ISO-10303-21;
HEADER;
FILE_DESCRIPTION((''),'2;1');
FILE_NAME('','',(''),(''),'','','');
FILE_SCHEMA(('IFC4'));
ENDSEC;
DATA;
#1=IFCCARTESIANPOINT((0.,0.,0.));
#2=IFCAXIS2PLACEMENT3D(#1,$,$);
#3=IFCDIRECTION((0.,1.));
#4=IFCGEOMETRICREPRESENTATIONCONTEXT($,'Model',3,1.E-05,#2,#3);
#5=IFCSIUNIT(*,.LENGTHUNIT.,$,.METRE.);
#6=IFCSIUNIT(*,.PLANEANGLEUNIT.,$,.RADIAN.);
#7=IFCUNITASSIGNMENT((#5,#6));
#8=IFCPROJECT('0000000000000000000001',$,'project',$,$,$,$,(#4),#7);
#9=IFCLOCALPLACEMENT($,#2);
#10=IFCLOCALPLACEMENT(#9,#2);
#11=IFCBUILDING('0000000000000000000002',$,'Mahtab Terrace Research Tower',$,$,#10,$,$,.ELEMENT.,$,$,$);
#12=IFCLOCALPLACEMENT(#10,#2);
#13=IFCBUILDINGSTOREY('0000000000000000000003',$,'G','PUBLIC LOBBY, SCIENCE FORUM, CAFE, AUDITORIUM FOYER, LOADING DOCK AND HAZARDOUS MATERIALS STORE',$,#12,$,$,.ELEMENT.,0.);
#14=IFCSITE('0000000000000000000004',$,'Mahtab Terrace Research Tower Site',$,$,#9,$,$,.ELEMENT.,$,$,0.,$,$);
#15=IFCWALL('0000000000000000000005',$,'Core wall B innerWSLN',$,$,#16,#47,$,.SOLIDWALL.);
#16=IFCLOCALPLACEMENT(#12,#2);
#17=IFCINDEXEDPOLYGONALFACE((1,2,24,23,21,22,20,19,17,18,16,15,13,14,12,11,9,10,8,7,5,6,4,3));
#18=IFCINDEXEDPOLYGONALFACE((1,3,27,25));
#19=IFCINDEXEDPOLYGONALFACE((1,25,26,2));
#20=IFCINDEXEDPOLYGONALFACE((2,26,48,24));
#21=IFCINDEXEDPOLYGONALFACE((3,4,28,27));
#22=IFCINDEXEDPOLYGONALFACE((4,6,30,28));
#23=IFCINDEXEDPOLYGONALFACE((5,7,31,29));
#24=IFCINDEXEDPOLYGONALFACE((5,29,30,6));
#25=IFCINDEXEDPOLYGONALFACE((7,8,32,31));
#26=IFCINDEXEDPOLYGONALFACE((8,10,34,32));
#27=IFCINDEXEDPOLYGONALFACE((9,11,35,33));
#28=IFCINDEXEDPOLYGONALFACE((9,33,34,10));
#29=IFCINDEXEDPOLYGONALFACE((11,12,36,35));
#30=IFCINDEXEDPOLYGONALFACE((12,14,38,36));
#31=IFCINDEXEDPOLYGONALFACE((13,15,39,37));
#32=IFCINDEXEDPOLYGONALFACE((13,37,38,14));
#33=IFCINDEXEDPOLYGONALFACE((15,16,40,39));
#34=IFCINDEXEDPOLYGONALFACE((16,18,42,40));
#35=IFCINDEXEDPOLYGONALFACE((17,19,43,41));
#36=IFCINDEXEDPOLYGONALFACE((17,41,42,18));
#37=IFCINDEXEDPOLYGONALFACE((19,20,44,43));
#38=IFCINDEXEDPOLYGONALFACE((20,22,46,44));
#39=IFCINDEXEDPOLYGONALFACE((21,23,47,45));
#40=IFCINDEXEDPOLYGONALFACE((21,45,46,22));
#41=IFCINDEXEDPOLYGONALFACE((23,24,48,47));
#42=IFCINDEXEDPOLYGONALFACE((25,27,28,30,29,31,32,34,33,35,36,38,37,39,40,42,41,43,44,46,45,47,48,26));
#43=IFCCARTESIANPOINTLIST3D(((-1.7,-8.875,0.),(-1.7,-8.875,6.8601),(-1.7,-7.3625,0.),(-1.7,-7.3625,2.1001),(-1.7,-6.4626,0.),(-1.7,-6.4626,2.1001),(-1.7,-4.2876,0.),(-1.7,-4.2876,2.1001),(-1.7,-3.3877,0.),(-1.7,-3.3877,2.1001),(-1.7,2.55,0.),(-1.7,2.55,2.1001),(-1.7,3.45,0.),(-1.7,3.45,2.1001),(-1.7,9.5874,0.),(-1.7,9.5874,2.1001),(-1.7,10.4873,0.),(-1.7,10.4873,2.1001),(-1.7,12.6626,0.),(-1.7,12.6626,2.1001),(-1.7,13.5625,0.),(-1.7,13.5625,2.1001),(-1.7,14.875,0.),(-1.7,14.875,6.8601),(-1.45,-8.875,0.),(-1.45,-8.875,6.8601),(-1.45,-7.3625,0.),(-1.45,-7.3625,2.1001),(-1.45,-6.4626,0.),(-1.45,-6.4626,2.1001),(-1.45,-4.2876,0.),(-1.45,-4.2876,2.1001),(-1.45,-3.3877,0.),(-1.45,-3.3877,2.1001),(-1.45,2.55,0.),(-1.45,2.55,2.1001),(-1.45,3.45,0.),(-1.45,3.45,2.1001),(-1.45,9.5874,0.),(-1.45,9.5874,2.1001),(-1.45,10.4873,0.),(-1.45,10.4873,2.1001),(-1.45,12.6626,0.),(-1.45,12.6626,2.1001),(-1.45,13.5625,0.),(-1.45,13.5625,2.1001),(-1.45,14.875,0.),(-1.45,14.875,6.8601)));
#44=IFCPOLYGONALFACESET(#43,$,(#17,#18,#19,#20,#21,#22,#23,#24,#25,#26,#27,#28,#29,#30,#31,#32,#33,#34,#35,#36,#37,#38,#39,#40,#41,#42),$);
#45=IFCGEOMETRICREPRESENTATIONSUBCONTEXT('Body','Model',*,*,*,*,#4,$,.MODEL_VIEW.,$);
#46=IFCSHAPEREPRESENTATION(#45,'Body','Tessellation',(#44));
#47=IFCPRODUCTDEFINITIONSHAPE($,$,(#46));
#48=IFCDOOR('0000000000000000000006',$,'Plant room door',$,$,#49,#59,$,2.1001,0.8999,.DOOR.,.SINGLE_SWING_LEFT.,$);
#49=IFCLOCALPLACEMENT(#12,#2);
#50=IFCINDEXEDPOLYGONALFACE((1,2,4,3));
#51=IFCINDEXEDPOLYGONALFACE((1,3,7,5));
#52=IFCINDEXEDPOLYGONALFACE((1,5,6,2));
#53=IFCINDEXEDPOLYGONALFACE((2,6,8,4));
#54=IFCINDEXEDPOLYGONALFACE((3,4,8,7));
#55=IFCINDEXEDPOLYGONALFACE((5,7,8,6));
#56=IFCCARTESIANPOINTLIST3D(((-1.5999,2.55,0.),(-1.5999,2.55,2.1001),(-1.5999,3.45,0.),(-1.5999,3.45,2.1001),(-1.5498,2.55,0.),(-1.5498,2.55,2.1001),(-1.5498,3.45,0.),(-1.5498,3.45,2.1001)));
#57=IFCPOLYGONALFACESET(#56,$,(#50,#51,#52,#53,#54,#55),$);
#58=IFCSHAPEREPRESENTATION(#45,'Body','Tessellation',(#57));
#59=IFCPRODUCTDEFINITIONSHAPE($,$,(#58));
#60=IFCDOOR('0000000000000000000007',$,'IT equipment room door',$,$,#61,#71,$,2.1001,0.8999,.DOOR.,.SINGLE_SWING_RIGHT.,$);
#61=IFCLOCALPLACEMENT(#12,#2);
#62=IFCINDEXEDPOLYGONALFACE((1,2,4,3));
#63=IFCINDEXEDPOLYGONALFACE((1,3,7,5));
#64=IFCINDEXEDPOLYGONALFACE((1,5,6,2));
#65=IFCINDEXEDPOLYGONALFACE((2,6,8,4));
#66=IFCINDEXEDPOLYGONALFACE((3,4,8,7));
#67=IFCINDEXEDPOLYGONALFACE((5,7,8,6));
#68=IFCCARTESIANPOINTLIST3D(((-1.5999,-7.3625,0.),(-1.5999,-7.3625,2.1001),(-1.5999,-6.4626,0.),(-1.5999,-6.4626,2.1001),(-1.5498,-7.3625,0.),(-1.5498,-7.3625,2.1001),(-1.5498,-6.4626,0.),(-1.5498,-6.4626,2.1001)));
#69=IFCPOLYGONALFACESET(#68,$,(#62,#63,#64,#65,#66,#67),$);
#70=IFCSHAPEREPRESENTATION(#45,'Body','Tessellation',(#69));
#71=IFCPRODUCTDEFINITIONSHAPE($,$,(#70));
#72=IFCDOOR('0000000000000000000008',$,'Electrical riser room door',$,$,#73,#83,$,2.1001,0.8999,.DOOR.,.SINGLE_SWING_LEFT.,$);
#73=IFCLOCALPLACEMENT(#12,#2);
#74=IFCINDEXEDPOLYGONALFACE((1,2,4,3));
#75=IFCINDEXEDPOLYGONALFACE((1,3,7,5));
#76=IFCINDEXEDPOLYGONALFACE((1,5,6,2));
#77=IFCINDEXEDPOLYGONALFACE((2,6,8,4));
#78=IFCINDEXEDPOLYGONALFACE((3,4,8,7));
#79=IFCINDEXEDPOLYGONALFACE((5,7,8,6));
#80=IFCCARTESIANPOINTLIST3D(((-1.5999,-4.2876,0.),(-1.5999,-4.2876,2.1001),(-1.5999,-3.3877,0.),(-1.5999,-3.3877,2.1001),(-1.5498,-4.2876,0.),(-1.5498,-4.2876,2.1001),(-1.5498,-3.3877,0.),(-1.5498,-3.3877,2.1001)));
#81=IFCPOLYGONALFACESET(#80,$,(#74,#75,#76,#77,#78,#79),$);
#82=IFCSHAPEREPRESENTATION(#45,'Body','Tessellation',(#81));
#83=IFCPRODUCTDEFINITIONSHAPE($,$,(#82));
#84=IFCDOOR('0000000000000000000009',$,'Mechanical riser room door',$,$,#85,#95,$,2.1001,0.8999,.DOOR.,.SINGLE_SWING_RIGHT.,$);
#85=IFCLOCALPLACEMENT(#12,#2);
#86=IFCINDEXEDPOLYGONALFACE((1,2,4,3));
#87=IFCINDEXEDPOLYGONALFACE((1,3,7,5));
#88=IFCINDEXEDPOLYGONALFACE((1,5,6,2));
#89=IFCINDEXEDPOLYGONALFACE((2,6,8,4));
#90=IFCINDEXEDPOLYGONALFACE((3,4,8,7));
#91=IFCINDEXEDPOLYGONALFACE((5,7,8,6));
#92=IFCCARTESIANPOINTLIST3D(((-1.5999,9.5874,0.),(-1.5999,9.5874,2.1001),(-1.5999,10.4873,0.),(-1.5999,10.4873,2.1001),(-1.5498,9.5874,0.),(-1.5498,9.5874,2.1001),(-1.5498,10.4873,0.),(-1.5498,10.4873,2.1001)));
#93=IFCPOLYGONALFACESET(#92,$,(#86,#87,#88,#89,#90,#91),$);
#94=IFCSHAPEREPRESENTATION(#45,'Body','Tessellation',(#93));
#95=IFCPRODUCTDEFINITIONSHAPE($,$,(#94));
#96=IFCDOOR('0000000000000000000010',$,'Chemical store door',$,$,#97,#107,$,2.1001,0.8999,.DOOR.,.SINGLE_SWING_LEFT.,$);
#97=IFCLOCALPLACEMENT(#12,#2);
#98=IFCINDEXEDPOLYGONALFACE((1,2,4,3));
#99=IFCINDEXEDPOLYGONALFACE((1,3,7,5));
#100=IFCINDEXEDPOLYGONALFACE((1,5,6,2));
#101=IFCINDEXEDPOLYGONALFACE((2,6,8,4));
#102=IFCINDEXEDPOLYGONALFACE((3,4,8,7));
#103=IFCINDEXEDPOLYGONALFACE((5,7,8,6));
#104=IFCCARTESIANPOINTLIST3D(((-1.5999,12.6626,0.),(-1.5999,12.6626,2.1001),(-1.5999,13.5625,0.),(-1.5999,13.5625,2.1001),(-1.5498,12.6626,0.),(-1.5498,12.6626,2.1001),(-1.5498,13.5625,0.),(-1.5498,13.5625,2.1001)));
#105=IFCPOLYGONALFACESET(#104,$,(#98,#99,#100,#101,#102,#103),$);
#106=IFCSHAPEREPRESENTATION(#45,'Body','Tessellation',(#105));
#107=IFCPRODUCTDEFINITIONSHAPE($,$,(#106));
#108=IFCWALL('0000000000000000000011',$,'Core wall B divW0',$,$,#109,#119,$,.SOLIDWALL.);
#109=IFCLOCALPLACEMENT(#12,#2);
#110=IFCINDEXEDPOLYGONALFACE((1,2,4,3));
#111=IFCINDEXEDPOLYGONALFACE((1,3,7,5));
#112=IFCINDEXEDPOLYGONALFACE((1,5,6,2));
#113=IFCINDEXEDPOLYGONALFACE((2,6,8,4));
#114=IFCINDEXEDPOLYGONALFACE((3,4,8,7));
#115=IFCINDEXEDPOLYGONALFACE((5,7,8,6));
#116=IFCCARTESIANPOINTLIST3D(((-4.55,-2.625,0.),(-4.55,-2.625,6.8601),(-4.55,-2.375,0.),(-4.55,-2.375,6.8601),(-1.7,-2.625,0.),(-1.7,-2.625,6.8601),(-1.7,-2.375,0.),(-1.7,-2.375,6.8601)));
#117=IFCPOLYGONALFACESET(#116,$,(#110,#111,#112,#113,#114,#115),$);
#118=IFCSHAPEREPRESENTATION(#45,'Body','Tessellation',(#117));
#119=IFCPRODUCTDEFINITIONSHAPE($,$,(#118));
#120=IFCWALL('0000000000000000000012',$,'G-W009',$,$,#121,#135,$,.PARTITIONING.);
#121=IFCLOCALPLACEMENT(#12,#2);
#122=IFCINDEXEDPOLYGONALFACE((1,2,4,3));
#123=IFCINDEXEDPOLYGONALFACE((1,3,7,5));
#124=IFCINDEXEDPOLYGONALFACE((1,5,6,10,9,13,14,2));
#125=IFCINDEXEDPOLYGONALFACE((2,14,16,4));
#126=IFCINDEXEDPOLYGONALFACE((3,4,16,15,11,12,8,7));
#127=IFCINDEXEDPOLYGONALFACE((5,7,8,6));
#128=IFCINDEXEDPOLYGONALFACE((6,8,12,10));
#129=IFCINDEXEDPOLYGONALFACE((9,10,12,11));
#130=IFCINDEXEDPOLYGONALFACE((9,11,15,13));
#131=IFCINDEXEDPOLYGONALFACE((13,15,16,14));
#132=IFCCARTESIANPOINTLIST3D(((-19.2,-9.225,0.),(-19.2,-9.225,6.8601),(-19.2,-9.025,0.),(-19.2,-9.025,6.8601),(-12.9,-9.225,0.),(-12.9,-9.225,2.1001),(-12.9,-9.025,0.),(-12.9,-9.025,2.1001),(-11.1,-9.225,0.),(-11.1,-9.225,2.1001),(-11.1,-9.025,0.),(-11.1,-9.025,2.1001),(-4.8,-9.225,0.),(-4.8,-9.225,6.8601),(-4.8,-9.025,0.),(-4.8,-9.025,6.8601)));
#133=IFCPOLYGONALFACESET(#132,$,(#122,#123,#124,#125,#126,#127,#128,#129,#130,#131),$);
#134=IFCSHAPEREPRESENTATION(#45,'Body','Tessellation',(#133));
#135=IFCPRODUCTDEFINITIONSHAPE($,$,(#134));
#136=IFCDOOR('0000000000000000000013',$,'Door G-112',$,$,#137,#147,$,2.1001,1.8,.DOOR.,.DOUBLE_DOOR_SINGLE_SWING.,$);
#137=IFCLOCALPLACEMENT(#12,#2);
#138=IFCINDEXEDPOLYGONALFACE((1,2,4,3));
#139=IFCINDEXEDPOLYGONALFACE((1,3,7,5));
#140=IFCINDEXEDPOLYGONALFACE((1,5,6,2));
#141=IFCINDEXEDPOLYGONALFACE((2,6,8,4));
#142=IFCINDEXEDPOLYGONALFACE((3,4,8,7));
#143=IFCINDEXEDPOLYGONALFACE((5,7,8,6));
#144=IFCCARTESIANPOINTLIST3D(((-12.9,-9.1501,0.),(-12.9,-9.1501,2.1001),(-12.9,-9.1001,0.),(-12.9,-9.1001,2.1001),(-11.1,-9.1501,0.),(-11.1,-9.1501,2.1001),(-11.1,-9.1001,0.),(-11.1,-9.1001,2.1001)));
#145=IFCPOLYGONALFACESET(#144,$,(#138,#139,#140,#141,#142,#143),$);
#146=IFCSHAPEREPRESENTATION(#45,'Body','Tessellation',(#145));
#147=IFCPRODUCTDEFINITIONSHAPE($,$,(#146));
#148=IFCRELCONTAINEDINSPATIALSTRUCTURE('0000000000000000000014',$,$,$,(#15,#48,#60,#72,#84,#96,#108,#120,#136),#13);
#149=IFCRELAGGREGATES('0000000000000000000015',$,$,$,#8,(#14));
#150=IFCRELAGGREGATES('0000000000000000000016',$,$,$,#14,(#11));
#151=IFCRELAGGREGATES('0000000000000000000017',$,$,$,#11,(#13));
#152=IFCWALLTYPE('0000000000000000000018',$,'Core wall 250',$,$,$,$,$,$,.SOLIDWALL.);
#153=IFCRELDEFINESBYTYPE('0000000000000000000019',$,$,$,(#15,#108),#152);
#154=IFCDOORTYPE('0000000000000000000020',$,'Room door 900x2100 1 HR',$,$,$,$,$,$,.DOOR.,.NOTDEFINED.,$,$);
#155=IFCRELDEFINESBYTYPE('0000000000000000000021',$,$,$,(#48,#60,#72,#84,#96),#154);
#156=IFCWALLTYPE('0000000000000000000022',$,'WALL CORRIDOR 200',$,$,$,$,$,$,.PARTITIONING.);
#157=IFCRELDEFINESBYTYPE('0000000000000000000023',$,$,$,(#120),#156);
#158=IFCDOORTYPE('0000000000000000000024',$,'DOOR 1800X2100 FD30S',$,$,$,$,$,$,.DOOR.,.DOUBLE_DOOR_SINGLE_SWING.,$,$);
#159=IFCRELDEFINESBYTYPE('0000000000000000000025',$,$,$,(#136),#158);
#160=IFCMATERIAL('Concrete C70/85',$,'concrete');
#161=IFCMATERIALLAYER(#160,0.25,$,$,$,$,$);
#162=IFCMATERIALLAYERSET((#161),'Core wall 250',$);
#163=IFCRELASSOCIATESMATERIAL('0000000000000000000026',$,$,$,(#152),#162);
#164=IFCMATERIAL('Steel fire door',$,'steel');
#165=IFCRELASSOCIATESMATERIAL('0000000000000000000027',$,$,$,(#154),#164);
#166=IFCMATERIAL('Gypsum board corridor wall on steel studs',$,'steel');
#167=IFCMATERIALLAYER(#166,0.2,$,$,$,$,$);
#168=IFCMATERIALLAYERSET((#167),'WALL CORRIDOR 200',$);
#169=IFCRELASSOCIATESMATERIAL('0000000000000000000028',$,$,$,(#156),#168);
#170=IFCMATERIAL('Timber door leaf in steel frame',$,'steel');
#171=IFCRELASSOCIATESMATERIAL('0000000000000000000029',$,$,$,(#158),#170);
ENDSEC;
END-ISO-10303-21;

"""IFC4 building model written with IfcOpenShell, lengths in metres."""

from ifc_helpers import new_model, si_unit, direction, frame, frame_2d, origin, place, context, subcontext, project, spatial, rectangle, extrude, material, layer, layer_set, type_object, element, fill, save


model = new_model("IFC4")

# Units and contexts
model_context = context("Model", 3, precision=1e-05, world=origin(), true_north=direction((0.0, 1.0)))
body_context = subcontext(model_context, "Body", "Model", "MODEL_VIEW")
ifc_project = project(units=[si_unit("LENGTHUNIT", "METRE"), si_unit("PLANEANGLEUNIT", "RADIAN")], contexts=[model_context])

# Site, building, storey
site_placement = place(None, origin())
site = spatial("IfcSite", under=ifc_project, at=site_placement, Name="Mahtab Terrace Research Tower Site", CompositionType="ELEMENT", RefElevation=0.0)
building_placement = place(site_placement, origin())
building = spatial("IfcBuilding", under=site, at=building_placement, Name="Mahtab Terrace Research Tower", CompositionType="ELEMENT")
storey_placement = place(building_placement, origin())
storey = spatial("IfcBuildingStorey", under=building, at=storey_placement, Name="G", Description="PUBLIC LOBBY, SCIENCE FORUM, CAFE, AUDITORIUM FOYER, LOADING DOCK AND HAZARDOUS MATERIALS STORE", CompositionType="ELEMENT", Elevation=0.0)

# Shared definitions
ifc_material_1 = material(Name="Concrete C70/85", Category="concrete")

# Shared definitions
ifc_layer_1 = layer(ifc_material_1, 0.25)
ifc_layer_set_1 = layer_set([ifc_layer_1], Name="Core wall 250")
wall_type_1 = type_object("IfcWallType", Name="Core wall 250", PredefinedType="SOLIDWALL", material=ifc_layer_set_1)

# Shared definitions
ifc_material_2 = material(Name="Steel fire door", Category="steel")

# Wall, openings, doors
wall_1_placement = place(storey_placement, frame((-1.575, -8.875, 0.0), z_axis=(0.0, 0.0, 1.0), x_axis=(0.0, 1.0, 0.0)))
wall_1 = element("IfcWall", 1, at=wall_1_placement, inside=storey, type_object=wall_type_1, Name="Core wall B innerWSLN", PredefinedType="SOLIDWALL", context=body_context, shape_type="SweptSolid", body=[
    extrude(rectangle(XDim=23.75, YDim=0.25, at=frame_2d((11.875, 0.0))), origin(), (0.0, 0.0, 1.0), 6.8601),
])
opening_1_placement = place(wall_1_placement, frame((11.425, 0.0, 0.0)))
opening_1 = element("IfcOpeningElement", 2, at=opening_1_placement, cuts=wall_1, PredefinedType="OPENING", context=body_context, shape_type="SweptSolid", body=[
    extrude(rectangle(XDim=0.8999, YDim=2.1001, at=frame_2d((0.45, 1.05))), frame((0.0, 0.135, 0.0), z_axis=(0.0, -1.0, 0.0), x_axis=(1.0, 0.0, 0.0)), (0.0, 0.0, 1.0), 0.27),
])
opening_2_placement = place(wall_1_placement, frame((1.5125, 0.0, 0.0)))
opening_2 = element("IfcOpeningElement", 3, at=opening_2_placement, cuts=wall_1, PredefinedType="OPENING", context=body_context, shape_type="SweptSolid", body=[
    extrude(rectangle(XDim=0.8999, YDim=2.1001, at=frame_2d((0.45, 1.05))), frame((0.0, 0.135, 0.0), z_axis=(0.0, -1.0, 0.0), x_axis=(1.0, 0.0, 0.0)), (0.0, 0.0, 1.0), 0.27),
])
opening_3_placement = place(wall_1_placement, frame((4.5874, 0.0, 0.0)))
opening_3 = element("IfcOpeningElement", 4, at=opening_3_placement, cuts=wall_1, PredefinedType="OPENING", context=body_context, shape_type="SweptSolid", body=[
    extrude(rectangle(XDim=0.8999, YDim=2.1001, at=frame_2d((0.45, 1.05))), frame((0.0, 0.135, 0.0), z_axis=(0.0, -1.0, 0.0), x_axis=(1.0, 0.0, 0.0)), (0.0, 0.0, 1.0), 0.27),
])
opening_4_placement = place(wall_1_placement, frame((18.4624, 0.0, 0.0)))
opening_4 = element("IfcOpeningElement", 5, at=opening_4_placement, cuts=wall_1, PredefinedType="OPENING", context=body_context, shape_type="SweptSolid", body=[
    extrude(rectangle(XDim=0.8999, YDim=2.1001, at=frame_2d((0.45, 1.05))), frame((0.0, 0.135, 0.0), z_axis=(0.0, -1.0, 0.0), x_axis=(1.0, 0.0, 0.0)), (0.0, 0.0, 1.0), 0.27),
])
opening_5_placement = place(wall_1_placement, frame((21.5376, 0.0, 0.0)))
opening_5 = element("IfcOpeningElement", 6, at=opening_5_placement, cuts=wall_1, PredefinedType="OPENING", context=body_context, shape_type="SweptSolid", body=[
    extrude(rectangle(XDim=0.8999, YDim=2.1001, at=frame_2d((0.45, 1.05))), frame((0.0, 0.135, 0.0), z_axis=(0.0, -1.0, 0.0), x_axis=(1.0, 0.0, 0.0)), (0.0, 0.0, 1.0), 0.27),
])
door_type_1 = type_object("IfcDoorType", Name="Room door 900x2100 1 HR", OperationType="NOTDEFINED", PredefinedType="DOOR", material=ifc_material_2)
door_1_placement = place(opening_1_placement, origin())
door_1 = element("IfcDoor", 7, at=door_1_placement, inside=storey, type_object=door_type_1, Name="Plant room door", OperationType="SINGLE_SWING_LEFT", OverallHeight=2.1001, OverallWidth=0.8999, PredefinedType="DOOR", context=body_context, shape_type="SweptSolid", body=[
    extrude(rectangle(XDim=0.8999, YDim=2.1001, at=frame_2d((0.45, 1.05))), frame((0.0, 0.0249, 0.0), z_axis=(0.0, -1.0, 0.0), x_axis=(1.0, 0.0, 0.0)), (0.0, 0.0, 1.0), 0.05),
])
fill(opening_1, door_1)
door_2_placement = place(opening_2_placement, origin())
door_2 = element("IfcDoor", 8, at=door_2_placement, inside=storey, type_object=door_type_1, Name="IT equipment room door", OperationType="SINGLE_SWING_RIGHT", OverallHeight=2.1001, OverallWidth=0.8999, PredefinedType="DOOR", context=body_context, shape_type="SweptSolid", body=[
    extrude(rectangle(XDim=0.8999, YDim=2.1001, at=frame_2d((0.45, 1.05))), frame((0.0, 0.0249, 0.0), z_axis=(0.0, -1.0, 0.0), x_axis=(1.0, 0.0, 0.0)), (0.0, 0.0, 1.0), 0.05),
])
fill(opening_2, door_2)
door_3_placement = place(opening_3_placement, origin())
door_3 = element("IfcDoor", 9, at=door_3_placement, inside=storey, type_object=door_type_1, Name="Electrical riser room door", OperationType="SINGLE_SWING_LEFT", OverallHeight=2.1001, OverallWidth=0.8999, PredefinedType="DOOR", context=body_context, shape_type="SweptSolid", body=[
    extrude(rectangle(XDim=0.8999, YDim=2.1001, at=frame_2d((0.45, 1.05))), frame((0.0, 0.0249, 0.0), z_axis=(0.0, -1.0, 0.0), x_axis=(1.0, 0.0, 0.0)), (0.0, 0.0, 1.0), 0.05),
])
fill(opening_3, door_3)
door_4_placement = place(opening_4_placement, origin())
door_4 = element("IfcDoor", 10, at=door_4_placement, inside=storey, type_object=door_type_1, Name="Mechanical riser room door", OperationType="SINGLE_SWING_RIGHT", OverallHeight=2.1001, OverallWidth=0.8999, PredefinedType="DOOR", context=body_context, shape_type="SweptSolid", body=[
    extrude(rectangle(XDim=0.8999, YDim=2.1001, at=frame_2d((0.45, 1.05))), frame((0.0, 0.0249, 0.0), z_axis=(0.0, -1.0, 0.0), x_axis=(1.0, 0.0, 0.0)), (0.0, 0.0, 1.0), 0.05),
])
fill(opening_4, door_4)
door_5_placement = place(opening_5_placement, origin())
door_5 = element("IfcDoor", 11, at=door_5_placement, inside=storey, type_object=door_type_1, Name="Chemical store door", OperationType="SINGLE_SWING_LEFT", OverallHeight=2.1001, OverallWidth=0.8999, PredefinedType="DOOR", context=body_context, shape_type="SweptSolid", body=[
    extrude(rectangle(XDim=0.8999, YDim=2.1001, at=frame_2d((0.45, 1.05))), frame((0.0, 0.0249, 0.0), z_axis=(0.0, -1.0, 0.0), x_axis=(1.0, 0.0, 0.0)), (0.0, 0.0, 1.0), 0.05),
])
fill(opening_5, door_5)

# Wall
wall_2_placement = place(storey_placement, frame((-4.55, -2.5, 0.0), z_axis=(0.0, 0.0, 1.0), x_axis=(1.0, 0.0, 0.0)))
element("IfcWall", 12, at=wall_2_placement, inside=storey, type_object=wall_type_1, Name="Core wall B divW0", PredefinedType="SOLIDWALL", context=body_context, shape_type="SweptSolid", body=[
    extrude(rectangle(XDim=2.8501, YDim=0.25, at=frame_2d((1.425, 0.0))), origin(), (0.0, 0.0, 1.0), 6.8601),
])

# Wall, opening, door
ifc_material_3 = material(Name="Gypsum board corridor wall on steel studs", Category="steel")
ifc_layer_2 = layer(ifc_material_3, 0.2)
ifc_layer_set_2 = layer_set([ifc_layer_2], Name="WALL CORRIDOR 200")
wall_type_2 = type_object("IfcWallType", Name="WALL CORRIDOR 200", PredefinedType="PARTITIONING", material=ifc_layer_set_2)
wall_3_placement = place(storey_placement, frame((-19.2, -9.125, 0.0), z_axis=(0.0, 0.0, 1.0), x_axis=(1.0, 0.0, 0.0)))
wall_3 = element("IfcWall", 13, at=wall_3_placement, inside=storey, type_object=wall_type_2, Name="G-W009", PredefinedType="PARTITIONING", context=body_context, shape_type="SweptSolid", body=[
    extrude(rectangle(XDim=14.3999, YDim=0.2, at=frame_2d((7.2, 0.0))), origin(), (0.0, 0.0, 1.0), 6.8601),
])
opening_6_placement = place(wall_3_placement, frame((6.3, 0.0, 0.0)))
opening_6 = element("IfcOpeningElement", 14, at=opening_6_placement, cuts=wall_3, PredefinedType="OPENING", context=body_context, shape_type="SweptSolid", body=[
    extrude(rectangle(XDim=1.8, YDim=2.1001, at=frame_2d((0.8999, 1.05))), frame((0.0, 0.1099, 0.0), z_axis=(0.0, -1.0, 0.0), x_axis=(1.0, 0.0, 0.0)), (0.0, 0.0, 1.0), 0.22),
])
ifc_material_4 = material(Name="Timber door leaf in steel frame", Category="steel")
door_type_2 = type_object("IfcDoorType", Name="DOOR 1800X2100 FD30S", OperationType="DOUBLE_DOOR_SINGLE_SWING", PredefinedType="DOOR", material=ifc_material_4)
door_6_placement = place(opening_6_placement, origin())
door_6 = element("IfcDoor", 15, at=door_6_placement, inside=storey, type_object=door_type_2, Name="Door G-112", OperationType="DOUBLE_DOOR_SINGLE_SWING", OverallHeight=2.1001, OverallWidth=1.8, PredefinedType="DOOR", context=body_context, shape_type="SweptSolid", body=[
    extrude(rectangle(XDim=1.8, YDim=2.1001, at=frame_2d((0.8999, 1.05))), frame((0.0, 0.0249, 0.0), z_axis=(0.0, -1.0, 0.0), x_axis=(1.0, 0.0, 0.0)), (0.0, 0.0, 1.0), 0.05),
])
fill(opening_6, door_6)

save(model, "model.ifc")
